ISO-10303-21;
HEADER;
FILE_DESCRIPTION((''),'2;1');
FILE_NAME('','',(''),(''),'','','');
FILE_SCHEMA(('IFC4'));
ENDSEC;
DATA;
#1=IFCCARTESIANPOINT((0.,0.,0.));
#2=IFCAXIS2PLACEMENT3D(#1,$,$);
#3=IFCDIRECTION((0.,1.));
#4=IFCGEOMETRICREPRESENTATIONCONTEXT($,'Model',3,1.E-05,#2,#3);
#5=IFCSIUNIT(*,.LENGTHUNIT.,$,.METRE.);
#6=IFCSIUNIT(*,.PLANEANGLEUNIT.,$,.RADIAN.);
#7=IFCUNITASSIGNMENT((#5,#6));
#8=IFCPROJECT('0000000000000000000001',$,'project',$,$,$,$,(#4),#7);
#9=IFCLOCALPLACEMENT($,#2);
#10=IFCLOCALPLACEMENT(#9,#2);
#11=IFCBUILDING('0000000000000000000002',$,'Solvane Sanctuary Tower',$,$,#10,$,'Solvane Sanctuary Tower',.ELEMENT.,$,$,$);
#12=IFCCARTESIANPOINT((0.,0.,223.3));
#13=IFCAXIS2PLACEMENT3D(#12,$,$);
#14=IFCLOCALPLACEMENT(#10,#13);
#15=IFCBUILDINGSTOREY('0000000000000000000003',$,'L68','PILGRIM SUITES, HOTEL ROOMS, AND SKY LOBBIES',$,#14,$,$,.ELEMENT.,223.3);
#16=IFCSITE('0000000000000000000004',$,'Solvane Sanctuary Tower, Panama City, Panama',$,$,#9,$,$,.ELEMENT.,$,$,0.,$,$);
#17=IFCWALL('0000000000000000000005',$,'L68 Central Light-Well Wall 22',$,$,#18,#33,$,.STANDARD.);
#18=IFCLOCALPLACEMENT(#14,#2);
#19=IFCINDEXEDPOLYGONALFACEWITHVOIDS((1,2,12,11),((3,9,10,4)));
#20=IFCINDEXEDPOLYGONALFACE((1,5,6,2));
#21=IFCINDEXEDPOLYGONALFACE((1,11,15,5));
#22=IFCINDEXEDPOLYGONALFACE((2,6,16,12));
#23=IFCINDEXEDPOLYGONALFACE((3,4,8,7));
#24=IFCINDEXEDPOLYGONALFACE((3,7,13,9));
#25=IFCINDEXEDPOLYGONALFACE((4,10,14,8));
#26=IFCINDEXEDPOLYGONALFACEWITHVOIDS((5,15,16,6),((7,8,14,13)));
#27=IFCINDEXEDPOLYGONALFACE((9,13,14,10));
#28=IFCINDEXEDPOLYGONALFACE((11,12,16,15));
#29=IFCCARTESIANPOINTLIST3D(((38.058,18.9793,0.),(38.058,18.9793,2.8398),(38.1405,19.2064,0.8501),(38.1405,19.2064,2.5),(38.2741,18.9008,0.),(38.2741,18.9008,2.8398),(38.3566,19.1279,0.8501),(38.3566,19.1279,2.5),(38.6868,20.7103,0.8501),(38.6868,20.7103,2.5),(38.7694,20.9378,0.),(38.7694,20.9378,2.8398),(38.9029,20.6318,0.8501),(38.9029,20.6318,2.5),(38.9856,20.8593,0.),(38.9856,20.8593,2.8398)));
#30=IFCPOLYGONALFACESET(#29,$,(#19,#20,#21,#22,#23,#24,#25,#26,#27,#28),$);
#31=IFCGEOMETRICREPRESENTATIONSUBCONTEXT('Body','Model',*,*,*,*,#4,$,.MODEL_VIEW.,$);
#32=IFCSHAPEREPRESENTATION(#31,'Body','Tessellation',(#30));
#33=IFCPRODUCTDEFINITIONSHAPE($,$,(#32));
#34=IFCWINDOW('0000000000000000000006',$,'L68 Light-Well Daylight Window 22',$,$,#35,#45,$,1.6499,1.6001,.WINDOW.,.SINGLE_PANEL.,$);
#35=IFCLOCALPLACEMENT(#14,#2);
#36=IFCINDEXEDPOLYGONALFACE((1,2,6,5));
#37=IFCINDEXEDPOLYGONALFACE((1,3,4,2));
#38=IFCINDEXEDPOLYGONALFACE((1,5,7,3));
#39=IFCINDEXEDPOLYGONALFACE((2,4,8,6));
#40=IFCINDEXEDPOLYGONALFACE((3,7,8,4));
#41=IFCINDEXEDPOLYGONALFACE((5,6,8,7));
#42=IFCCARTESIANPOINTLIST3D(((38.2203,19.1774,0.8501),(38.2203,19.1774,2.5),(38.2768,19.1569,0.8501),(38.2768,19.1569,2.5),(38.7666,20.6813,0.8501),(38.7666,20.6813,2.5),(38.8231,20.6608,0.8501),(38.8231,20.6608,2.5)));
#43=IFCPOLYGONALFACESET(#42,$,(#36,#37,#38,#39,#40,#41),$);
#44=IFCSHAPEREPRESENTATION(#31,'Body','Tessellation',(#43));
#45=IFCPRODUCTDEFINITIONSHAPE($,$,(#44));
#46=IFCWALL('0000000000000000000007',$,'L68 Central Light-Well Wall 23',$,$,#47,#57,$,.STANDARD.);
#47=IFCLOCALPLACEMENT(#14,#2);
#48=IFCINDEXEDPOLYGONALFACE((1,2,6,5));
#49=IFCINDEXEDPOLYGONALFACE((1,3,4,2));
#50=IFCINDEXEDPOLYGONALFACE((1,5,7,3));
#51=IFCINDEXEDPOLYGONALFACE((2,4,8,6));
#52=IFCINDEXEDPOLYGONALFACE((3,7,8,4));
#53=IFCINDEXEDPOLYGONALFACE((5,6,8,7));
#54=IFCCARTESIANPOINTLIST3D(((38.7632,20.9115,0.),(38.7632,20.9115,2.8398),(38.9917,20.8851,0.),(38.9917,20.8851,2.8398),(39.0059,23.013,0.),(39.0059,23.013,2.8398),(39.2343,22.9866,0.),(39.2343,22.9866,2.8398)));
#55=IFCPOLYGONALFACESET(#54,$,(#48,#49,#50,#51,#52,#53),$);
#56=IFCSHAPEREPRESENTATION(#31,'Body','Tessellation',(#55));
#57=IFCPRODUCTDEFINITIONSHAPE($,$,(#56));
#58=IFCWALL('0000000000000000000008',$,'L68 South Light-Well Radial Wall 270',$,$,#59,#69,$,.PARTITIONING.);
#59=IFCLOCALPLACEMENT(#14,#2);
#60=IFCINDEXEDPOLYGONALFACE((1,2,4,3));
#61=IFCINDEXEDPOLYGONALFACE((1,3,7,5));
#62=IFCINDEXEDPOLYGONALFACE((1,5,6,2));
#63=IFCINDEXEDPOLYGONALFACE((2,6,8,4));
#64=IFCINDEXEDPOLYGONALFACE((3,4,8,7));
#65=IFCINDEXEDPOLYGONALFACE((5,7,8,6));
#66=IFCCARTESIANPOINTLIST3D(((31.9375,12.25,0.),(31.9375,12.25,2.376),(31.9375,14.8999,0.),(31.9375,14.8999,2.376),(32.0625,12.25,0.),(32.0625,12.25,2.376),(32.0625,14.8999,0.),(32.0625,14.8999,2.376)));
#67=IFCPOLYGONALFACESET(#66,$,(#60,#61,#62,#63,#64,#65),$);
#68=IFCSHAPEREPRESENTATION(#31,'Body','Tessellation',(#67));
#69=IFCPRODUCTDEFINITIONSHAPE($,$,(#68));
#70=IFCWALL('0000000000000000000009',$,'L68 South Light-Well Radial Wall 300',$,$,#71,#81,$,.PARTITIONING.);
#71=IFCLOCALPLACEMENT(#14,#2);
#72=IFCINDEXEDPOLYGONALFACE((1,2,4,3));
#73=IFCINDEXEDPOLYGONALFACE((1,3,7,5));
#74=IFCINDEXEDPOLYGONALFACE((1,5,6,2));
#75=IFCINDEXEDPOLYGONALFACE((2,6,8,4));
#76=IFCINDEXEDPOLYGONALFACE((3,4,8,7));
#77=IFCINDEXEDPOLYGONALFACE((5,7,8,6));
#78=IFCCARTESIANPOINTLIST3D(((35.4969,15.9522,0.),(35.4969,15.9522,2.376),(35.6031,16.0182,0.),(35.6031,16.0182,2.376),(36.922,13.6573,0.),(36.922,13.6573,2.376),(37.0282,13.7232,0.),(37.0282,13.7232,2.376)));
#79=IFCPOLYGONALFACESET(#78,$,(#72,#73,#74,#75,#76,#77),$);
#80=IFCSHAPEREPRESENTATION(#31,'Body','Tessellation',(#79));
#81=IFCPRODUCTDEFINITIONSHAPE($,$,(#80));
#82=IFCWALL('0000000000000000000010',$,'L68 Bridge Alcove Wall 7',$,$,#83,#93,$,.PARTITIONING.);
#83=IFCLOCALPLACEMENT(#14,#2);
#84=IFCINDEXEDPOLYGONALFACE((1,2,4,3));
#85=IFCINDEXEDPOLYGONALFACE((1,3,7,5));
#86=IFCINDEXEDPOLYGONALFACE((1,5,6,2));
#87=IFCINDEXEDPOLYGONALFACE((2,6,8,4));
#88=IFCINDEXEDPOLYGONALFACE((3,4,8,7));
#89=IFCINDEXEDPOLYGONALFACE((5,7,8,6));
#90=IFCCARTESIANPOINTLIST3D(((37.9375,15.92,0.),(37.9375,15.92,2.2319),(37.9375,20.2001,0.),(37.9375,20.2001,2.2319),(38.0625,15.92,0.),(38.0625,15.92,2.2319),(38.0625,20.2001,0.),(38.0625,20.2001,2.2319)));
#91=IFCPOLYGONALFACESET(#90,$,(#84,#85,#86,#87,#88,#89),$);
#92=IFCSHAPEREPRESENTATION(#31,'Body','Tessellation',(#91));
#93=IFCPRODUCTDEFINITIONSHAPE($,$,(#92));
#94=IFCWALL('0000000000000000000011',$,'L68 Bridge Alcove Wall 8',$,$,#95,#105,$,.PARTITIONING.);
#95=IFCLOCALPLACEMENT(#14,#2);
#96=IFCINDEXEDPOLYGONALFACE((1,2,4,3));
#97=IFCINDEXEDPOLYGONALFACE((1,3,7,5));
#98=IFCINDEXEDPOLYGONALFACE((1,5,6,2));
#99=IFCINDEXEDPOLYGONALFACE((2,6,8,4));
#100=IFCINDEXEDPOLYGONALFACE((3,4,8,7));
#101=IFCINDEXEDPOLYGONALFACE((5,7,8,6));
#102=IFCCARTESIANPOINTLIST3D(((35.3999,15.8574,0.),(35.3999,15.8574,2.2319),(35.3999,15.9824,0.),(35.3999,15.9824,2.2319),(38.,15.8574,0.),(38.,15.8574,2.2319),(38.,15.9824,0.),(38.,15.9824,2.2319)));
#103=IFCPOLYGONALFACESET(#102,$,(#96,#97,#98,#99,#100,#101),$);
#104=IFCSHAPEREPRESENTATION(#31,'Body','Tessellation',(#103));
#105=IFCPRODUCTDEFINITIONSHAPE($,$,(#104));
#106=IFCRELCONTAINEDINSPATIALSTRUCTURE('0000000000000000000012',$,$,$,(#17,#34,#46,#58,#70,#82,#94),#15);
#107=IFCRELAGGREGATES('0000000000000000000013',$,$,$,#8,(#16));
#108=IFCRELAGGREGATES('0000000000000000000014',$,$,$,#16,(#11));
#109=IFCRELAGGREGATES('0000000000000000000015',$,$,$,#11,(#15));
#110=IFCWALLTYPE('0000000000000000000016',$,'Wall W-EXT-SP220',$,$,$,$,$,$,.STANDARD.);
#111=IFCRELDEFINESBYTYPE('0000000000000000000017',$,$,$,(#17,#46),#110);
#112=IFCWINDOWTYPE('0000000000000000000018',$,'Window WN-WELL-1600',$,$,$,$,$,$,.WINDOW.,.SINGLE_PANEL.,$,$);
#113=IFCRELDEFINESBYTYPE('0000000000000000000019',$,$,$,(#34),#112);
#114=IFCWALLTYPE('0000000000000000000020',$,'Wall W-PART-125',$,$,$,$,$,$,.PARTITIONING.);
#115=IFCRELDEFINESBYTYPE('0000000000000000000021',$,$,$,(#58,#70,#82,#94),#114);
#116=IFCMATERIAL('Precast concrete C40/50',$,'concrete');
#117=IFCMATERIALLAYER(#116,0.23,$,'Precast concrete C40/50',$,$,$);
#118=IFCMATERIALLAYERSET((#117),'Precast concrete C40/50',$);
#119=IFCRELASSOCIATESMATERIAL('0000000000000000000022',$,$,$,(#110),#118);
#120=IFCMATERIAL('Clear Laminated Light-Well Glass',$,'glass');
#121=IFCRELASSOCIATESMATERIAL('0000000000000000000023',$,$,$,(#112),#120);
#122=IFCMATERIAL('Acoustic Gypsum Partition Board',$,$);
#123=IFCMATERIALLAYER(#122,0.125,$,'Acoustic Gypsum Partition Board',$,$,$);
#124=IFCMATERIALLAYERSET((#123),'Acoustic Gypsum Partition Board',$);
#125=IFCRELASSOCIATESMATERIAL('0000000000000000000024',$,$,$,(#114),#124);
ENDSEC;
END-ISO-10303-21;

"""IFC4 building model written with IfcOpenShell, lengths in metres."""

from ifc_helpers import new_model, si_unit, direction, frame, frame_2d, origin, place, context, subcontext, project, spatial, rectangle, extrude, material, layer, layer_set, type_object, element, fill, save


model = new_model("IFC4")

# Units and contexts
model_context = context("Model", 3, precision=1e-05, world=origin(), true_north=direction((0.0, 1.0)))
body_context = subcontext(model_context, "Body", "Model", "MODEL_VIEW")
ifc_project = project(units=[si_unit("LENGTHUNIT", "METRE"), si_unit("PLANEANGLEUNIT", "RADIAN")], contexts=[model_context])

# Site, building, storey
site_placement = place(None, origin())
site = spatial("IfcSite", under=ifc_project, at=site_placement, Name="Solvane Sanctuary Tower, Panama City, Panama", CompositionType="ELEMENT", RefElevation=0.0)
building_placement = place(site_placement, origin())
building = spatial("IfcBuilding", under=site, at=building_placement, Name="Solvane Sanctuary Tower", LongName="Solvane Sanctuary Tower", CompositionType="ELEMENT")
storey_placement = place(building_placement, frame((0.0, 0.0, 223.3)))
storey = spatial("IfcBuildingStorey", under=building, at=storey_placement, Name="L68", Description="PILGRIM SUITES, HOTEL ROOMS, AND SKY LOBBIES", CompositionType="ELEMENT", Elevation=223.3)

# Shared definitions
ifc_material_1 = material(Name="Precast concrete C40/50", Category="concrete")
ifc_layer_1 = layer(ifc_material_1, 0.23, Name="Precast concrete C40/50")
ifc_layer_set_1 = layer_set([ifc_layer_1], Name="Precast concrete C40/50")
wall_type_1 = type_object("IfcWallType", Name="Wall W-EXT-SP220", PredefinedType="STANDARD", material=ifc_layer_set_1)

# Wall, opening, window
wall_1_placement = place(storey_placement, frame((38.166, 18.9399, 0.0), z_axis=(0.0, 0.0, 1.0), x_axis=(0.341423, 0.93991, 0.0)))
wall_1 = element("IfcWall", 1, at=wall_1_placement, inside=storey, type_object=wall_type_1, Name="L68 Central Light-Well Wall 22", PredefinedType="STANDARD", context=body_context, shape_type="SweptSolid", body=[
    extrude(rectangle(XDim=2.0837, YDim=0.23, at=frame_2d((1.042, 0.0))), origin(), (0.0, 0.0, 1.0), 2.8398),
])
opening_placement = place(wall_1_placement, frame((0.2417, 0.0, 0.8501)))
opening = element("IfcOpeningElement", 2, at=opening_placement, cuts=wall_1, PredefinedType="OPENING", context=body_context, shape_type="SweptSolid", body=[
    extrude(rectangle(XDim=1.6001, YDim=1.6499, at=frame_2d((0.8, 0.825))), frame((0.0, 0.125, 0.0), z_axis=(0.0, -1.0, 0.0), x_axis=(1.0, 0.0, 0.0)), (0.0, 0.0, 1.0), 0.25),
])
ifc_material_2 = material(Name="Clear Laminated Light-Well Glass", Category="glass")
window_type = type_object("IfcWindowType", Name="Window WN-WELL-1600", PartitioningType="SINGLE_PANEL", PredefinedType="WINDOW", material=ifc_material_2)
window_placement = place(opening_placement, origin())
window = element("IfcWindow", 3, at=window_placement, inside=storey, type_object=window_type, Name="L68 Light-Well Daylight Window 22", OverallHeight=1.6499, OverallWidth=1.6001, PartitioningType="SINGLE_PANEL", PredefinedType="WINDOW", context=body_context, shape_type="SweptSolid", body=[
    extrude(rectangle(XDim=1.6001, YDim=1.6499, at=frame_2d((0.8, 0.825))), frame((0.0, 0.03, 0.0), z_axis=(0.0, -1.0, 0.0), x_axis=(1.0, 0.0, 0.0)), (0.0, 0.0, 1.0), 0.0601),
])
fill(opening, window)

# Walls
wall_2_placement = place(storey_placement, frame((38.8774, 20.8984, 0.0), z_axis=(0.0, 0.0, 1.0), x_axis=(0.114712, 0.993399, 0.0)))
element("IfcWall", 4, at=wall_2_placement, inside=storey, type_object=wall_type_1, Name="L68 Central Light-Well Wall 23", PredefinedType="STANDARD", context=body_context, shape_type="SweptSolid", body=[
    extrude(rectangle(XDim=2.1155, YDim=0.23, at=frame_2d((1.0576, 0.0))), origin(), (0.0, 0.0, 1.0), 2.8398),
])
ifc_material_3 = material(Name="Acoustic Gypsum Partition Board")
ifc_layer_2 = layer(ifc_material_3, 0.125, Name="Acoustic Gypsum Partition Board")
ifc_layer_set_2 = layer_set([ifc_layer_2], Name="Acoustic Gypsum Partition Board")
wall_type_2 = type_object("IfcWallType", Name="Wall W-PART-125", PredefinedType="PARTITIONING", material=ifc_layer_set_2)
wall_3_placement = place(storey_placement, frame((32.0, 14.8999, 0.0), z_axis=(0.0, 0.0, 1.0), x_axis=(0.0, -1.0, 0.0)))
element("IfcWall", 5, at=wall_3_placement, inside=storey, type_object=wall_type_2, Name="L68 South Light-Well Radial Wall 270", PredefinedType="PARTITIONING", context=body_context, shape_type="SweptSolid", body=[
    extrude(rectangle(XDim=2.6499, YDim=0.125, at=frame_2d((1.325, 0.0))), origin(), (0.0, 0.0, 1.0), 2.376),
])
wall_4_placement = place(storey_placement, frame((35.55, 15.9851, 0.0), z_axis=(0.0, 0.0, 1.0), x_axis=(0.527527, -0.849538, 0.0)))
element("IfcWall", 6, at=wall_4_placement, inside=storey, type_object=wall_type_2, Name="L68 South Light-Well Radial Wall 300", PredefinedType="PARTITIONING", context=body_context, shape_type="SweptSolid", body=[
    extrude(rectangle(XDim=2.7014, YDim=0.125, at=frame_2d((1.3506, 0.0))), origin(), (0.0, 0.0, 1.0), 2.376),
])
wall_5_placement = place(storey_placement, frame((38.0, 15.9199, 0.0), z_axis=(0.0, 0.0, 1.0), x_axis=(0.0, 1.0, 0.0)))
element("IfcWall", 7, at=wall_5_placement, inside=storey, type_object=wall_type_2, Name="L68 Bridge Alcove Wall 7", PredefinedType="PARTITIONING", context=body_context, shape_type="SweptSolid", body=[
    extrude(rectangle(XDim=4.28, YDim=0.125, at=frame_2d((2.1401, 0.0))), origin(), (0.0, 0.0, 1.0), 2.2319),
])
wall_6_placement = place(storey_placement, frame((35.3999, 15.9199, 0.0), z_axis=(0.0, 0.0, 1.0), x_axis=(1.0, 0.0, 0.0)))
element("IfcWall", 8, at=wall_6_placement, inside=storey, type_object=wall_type_2, Name="L68 Bridge Alcove Wall 8", PredefinedType="PARTITIONING", context=body_context, shape_type="SweptSolid", body=[
    extrude(rectangle(XDim=2.6001, YDim=0.125, at=frame_2d((1.3, 0.0))), origin(), (0.0, 0.0, 1.0), 2.2319),
])

save(model, "model.ifc")
